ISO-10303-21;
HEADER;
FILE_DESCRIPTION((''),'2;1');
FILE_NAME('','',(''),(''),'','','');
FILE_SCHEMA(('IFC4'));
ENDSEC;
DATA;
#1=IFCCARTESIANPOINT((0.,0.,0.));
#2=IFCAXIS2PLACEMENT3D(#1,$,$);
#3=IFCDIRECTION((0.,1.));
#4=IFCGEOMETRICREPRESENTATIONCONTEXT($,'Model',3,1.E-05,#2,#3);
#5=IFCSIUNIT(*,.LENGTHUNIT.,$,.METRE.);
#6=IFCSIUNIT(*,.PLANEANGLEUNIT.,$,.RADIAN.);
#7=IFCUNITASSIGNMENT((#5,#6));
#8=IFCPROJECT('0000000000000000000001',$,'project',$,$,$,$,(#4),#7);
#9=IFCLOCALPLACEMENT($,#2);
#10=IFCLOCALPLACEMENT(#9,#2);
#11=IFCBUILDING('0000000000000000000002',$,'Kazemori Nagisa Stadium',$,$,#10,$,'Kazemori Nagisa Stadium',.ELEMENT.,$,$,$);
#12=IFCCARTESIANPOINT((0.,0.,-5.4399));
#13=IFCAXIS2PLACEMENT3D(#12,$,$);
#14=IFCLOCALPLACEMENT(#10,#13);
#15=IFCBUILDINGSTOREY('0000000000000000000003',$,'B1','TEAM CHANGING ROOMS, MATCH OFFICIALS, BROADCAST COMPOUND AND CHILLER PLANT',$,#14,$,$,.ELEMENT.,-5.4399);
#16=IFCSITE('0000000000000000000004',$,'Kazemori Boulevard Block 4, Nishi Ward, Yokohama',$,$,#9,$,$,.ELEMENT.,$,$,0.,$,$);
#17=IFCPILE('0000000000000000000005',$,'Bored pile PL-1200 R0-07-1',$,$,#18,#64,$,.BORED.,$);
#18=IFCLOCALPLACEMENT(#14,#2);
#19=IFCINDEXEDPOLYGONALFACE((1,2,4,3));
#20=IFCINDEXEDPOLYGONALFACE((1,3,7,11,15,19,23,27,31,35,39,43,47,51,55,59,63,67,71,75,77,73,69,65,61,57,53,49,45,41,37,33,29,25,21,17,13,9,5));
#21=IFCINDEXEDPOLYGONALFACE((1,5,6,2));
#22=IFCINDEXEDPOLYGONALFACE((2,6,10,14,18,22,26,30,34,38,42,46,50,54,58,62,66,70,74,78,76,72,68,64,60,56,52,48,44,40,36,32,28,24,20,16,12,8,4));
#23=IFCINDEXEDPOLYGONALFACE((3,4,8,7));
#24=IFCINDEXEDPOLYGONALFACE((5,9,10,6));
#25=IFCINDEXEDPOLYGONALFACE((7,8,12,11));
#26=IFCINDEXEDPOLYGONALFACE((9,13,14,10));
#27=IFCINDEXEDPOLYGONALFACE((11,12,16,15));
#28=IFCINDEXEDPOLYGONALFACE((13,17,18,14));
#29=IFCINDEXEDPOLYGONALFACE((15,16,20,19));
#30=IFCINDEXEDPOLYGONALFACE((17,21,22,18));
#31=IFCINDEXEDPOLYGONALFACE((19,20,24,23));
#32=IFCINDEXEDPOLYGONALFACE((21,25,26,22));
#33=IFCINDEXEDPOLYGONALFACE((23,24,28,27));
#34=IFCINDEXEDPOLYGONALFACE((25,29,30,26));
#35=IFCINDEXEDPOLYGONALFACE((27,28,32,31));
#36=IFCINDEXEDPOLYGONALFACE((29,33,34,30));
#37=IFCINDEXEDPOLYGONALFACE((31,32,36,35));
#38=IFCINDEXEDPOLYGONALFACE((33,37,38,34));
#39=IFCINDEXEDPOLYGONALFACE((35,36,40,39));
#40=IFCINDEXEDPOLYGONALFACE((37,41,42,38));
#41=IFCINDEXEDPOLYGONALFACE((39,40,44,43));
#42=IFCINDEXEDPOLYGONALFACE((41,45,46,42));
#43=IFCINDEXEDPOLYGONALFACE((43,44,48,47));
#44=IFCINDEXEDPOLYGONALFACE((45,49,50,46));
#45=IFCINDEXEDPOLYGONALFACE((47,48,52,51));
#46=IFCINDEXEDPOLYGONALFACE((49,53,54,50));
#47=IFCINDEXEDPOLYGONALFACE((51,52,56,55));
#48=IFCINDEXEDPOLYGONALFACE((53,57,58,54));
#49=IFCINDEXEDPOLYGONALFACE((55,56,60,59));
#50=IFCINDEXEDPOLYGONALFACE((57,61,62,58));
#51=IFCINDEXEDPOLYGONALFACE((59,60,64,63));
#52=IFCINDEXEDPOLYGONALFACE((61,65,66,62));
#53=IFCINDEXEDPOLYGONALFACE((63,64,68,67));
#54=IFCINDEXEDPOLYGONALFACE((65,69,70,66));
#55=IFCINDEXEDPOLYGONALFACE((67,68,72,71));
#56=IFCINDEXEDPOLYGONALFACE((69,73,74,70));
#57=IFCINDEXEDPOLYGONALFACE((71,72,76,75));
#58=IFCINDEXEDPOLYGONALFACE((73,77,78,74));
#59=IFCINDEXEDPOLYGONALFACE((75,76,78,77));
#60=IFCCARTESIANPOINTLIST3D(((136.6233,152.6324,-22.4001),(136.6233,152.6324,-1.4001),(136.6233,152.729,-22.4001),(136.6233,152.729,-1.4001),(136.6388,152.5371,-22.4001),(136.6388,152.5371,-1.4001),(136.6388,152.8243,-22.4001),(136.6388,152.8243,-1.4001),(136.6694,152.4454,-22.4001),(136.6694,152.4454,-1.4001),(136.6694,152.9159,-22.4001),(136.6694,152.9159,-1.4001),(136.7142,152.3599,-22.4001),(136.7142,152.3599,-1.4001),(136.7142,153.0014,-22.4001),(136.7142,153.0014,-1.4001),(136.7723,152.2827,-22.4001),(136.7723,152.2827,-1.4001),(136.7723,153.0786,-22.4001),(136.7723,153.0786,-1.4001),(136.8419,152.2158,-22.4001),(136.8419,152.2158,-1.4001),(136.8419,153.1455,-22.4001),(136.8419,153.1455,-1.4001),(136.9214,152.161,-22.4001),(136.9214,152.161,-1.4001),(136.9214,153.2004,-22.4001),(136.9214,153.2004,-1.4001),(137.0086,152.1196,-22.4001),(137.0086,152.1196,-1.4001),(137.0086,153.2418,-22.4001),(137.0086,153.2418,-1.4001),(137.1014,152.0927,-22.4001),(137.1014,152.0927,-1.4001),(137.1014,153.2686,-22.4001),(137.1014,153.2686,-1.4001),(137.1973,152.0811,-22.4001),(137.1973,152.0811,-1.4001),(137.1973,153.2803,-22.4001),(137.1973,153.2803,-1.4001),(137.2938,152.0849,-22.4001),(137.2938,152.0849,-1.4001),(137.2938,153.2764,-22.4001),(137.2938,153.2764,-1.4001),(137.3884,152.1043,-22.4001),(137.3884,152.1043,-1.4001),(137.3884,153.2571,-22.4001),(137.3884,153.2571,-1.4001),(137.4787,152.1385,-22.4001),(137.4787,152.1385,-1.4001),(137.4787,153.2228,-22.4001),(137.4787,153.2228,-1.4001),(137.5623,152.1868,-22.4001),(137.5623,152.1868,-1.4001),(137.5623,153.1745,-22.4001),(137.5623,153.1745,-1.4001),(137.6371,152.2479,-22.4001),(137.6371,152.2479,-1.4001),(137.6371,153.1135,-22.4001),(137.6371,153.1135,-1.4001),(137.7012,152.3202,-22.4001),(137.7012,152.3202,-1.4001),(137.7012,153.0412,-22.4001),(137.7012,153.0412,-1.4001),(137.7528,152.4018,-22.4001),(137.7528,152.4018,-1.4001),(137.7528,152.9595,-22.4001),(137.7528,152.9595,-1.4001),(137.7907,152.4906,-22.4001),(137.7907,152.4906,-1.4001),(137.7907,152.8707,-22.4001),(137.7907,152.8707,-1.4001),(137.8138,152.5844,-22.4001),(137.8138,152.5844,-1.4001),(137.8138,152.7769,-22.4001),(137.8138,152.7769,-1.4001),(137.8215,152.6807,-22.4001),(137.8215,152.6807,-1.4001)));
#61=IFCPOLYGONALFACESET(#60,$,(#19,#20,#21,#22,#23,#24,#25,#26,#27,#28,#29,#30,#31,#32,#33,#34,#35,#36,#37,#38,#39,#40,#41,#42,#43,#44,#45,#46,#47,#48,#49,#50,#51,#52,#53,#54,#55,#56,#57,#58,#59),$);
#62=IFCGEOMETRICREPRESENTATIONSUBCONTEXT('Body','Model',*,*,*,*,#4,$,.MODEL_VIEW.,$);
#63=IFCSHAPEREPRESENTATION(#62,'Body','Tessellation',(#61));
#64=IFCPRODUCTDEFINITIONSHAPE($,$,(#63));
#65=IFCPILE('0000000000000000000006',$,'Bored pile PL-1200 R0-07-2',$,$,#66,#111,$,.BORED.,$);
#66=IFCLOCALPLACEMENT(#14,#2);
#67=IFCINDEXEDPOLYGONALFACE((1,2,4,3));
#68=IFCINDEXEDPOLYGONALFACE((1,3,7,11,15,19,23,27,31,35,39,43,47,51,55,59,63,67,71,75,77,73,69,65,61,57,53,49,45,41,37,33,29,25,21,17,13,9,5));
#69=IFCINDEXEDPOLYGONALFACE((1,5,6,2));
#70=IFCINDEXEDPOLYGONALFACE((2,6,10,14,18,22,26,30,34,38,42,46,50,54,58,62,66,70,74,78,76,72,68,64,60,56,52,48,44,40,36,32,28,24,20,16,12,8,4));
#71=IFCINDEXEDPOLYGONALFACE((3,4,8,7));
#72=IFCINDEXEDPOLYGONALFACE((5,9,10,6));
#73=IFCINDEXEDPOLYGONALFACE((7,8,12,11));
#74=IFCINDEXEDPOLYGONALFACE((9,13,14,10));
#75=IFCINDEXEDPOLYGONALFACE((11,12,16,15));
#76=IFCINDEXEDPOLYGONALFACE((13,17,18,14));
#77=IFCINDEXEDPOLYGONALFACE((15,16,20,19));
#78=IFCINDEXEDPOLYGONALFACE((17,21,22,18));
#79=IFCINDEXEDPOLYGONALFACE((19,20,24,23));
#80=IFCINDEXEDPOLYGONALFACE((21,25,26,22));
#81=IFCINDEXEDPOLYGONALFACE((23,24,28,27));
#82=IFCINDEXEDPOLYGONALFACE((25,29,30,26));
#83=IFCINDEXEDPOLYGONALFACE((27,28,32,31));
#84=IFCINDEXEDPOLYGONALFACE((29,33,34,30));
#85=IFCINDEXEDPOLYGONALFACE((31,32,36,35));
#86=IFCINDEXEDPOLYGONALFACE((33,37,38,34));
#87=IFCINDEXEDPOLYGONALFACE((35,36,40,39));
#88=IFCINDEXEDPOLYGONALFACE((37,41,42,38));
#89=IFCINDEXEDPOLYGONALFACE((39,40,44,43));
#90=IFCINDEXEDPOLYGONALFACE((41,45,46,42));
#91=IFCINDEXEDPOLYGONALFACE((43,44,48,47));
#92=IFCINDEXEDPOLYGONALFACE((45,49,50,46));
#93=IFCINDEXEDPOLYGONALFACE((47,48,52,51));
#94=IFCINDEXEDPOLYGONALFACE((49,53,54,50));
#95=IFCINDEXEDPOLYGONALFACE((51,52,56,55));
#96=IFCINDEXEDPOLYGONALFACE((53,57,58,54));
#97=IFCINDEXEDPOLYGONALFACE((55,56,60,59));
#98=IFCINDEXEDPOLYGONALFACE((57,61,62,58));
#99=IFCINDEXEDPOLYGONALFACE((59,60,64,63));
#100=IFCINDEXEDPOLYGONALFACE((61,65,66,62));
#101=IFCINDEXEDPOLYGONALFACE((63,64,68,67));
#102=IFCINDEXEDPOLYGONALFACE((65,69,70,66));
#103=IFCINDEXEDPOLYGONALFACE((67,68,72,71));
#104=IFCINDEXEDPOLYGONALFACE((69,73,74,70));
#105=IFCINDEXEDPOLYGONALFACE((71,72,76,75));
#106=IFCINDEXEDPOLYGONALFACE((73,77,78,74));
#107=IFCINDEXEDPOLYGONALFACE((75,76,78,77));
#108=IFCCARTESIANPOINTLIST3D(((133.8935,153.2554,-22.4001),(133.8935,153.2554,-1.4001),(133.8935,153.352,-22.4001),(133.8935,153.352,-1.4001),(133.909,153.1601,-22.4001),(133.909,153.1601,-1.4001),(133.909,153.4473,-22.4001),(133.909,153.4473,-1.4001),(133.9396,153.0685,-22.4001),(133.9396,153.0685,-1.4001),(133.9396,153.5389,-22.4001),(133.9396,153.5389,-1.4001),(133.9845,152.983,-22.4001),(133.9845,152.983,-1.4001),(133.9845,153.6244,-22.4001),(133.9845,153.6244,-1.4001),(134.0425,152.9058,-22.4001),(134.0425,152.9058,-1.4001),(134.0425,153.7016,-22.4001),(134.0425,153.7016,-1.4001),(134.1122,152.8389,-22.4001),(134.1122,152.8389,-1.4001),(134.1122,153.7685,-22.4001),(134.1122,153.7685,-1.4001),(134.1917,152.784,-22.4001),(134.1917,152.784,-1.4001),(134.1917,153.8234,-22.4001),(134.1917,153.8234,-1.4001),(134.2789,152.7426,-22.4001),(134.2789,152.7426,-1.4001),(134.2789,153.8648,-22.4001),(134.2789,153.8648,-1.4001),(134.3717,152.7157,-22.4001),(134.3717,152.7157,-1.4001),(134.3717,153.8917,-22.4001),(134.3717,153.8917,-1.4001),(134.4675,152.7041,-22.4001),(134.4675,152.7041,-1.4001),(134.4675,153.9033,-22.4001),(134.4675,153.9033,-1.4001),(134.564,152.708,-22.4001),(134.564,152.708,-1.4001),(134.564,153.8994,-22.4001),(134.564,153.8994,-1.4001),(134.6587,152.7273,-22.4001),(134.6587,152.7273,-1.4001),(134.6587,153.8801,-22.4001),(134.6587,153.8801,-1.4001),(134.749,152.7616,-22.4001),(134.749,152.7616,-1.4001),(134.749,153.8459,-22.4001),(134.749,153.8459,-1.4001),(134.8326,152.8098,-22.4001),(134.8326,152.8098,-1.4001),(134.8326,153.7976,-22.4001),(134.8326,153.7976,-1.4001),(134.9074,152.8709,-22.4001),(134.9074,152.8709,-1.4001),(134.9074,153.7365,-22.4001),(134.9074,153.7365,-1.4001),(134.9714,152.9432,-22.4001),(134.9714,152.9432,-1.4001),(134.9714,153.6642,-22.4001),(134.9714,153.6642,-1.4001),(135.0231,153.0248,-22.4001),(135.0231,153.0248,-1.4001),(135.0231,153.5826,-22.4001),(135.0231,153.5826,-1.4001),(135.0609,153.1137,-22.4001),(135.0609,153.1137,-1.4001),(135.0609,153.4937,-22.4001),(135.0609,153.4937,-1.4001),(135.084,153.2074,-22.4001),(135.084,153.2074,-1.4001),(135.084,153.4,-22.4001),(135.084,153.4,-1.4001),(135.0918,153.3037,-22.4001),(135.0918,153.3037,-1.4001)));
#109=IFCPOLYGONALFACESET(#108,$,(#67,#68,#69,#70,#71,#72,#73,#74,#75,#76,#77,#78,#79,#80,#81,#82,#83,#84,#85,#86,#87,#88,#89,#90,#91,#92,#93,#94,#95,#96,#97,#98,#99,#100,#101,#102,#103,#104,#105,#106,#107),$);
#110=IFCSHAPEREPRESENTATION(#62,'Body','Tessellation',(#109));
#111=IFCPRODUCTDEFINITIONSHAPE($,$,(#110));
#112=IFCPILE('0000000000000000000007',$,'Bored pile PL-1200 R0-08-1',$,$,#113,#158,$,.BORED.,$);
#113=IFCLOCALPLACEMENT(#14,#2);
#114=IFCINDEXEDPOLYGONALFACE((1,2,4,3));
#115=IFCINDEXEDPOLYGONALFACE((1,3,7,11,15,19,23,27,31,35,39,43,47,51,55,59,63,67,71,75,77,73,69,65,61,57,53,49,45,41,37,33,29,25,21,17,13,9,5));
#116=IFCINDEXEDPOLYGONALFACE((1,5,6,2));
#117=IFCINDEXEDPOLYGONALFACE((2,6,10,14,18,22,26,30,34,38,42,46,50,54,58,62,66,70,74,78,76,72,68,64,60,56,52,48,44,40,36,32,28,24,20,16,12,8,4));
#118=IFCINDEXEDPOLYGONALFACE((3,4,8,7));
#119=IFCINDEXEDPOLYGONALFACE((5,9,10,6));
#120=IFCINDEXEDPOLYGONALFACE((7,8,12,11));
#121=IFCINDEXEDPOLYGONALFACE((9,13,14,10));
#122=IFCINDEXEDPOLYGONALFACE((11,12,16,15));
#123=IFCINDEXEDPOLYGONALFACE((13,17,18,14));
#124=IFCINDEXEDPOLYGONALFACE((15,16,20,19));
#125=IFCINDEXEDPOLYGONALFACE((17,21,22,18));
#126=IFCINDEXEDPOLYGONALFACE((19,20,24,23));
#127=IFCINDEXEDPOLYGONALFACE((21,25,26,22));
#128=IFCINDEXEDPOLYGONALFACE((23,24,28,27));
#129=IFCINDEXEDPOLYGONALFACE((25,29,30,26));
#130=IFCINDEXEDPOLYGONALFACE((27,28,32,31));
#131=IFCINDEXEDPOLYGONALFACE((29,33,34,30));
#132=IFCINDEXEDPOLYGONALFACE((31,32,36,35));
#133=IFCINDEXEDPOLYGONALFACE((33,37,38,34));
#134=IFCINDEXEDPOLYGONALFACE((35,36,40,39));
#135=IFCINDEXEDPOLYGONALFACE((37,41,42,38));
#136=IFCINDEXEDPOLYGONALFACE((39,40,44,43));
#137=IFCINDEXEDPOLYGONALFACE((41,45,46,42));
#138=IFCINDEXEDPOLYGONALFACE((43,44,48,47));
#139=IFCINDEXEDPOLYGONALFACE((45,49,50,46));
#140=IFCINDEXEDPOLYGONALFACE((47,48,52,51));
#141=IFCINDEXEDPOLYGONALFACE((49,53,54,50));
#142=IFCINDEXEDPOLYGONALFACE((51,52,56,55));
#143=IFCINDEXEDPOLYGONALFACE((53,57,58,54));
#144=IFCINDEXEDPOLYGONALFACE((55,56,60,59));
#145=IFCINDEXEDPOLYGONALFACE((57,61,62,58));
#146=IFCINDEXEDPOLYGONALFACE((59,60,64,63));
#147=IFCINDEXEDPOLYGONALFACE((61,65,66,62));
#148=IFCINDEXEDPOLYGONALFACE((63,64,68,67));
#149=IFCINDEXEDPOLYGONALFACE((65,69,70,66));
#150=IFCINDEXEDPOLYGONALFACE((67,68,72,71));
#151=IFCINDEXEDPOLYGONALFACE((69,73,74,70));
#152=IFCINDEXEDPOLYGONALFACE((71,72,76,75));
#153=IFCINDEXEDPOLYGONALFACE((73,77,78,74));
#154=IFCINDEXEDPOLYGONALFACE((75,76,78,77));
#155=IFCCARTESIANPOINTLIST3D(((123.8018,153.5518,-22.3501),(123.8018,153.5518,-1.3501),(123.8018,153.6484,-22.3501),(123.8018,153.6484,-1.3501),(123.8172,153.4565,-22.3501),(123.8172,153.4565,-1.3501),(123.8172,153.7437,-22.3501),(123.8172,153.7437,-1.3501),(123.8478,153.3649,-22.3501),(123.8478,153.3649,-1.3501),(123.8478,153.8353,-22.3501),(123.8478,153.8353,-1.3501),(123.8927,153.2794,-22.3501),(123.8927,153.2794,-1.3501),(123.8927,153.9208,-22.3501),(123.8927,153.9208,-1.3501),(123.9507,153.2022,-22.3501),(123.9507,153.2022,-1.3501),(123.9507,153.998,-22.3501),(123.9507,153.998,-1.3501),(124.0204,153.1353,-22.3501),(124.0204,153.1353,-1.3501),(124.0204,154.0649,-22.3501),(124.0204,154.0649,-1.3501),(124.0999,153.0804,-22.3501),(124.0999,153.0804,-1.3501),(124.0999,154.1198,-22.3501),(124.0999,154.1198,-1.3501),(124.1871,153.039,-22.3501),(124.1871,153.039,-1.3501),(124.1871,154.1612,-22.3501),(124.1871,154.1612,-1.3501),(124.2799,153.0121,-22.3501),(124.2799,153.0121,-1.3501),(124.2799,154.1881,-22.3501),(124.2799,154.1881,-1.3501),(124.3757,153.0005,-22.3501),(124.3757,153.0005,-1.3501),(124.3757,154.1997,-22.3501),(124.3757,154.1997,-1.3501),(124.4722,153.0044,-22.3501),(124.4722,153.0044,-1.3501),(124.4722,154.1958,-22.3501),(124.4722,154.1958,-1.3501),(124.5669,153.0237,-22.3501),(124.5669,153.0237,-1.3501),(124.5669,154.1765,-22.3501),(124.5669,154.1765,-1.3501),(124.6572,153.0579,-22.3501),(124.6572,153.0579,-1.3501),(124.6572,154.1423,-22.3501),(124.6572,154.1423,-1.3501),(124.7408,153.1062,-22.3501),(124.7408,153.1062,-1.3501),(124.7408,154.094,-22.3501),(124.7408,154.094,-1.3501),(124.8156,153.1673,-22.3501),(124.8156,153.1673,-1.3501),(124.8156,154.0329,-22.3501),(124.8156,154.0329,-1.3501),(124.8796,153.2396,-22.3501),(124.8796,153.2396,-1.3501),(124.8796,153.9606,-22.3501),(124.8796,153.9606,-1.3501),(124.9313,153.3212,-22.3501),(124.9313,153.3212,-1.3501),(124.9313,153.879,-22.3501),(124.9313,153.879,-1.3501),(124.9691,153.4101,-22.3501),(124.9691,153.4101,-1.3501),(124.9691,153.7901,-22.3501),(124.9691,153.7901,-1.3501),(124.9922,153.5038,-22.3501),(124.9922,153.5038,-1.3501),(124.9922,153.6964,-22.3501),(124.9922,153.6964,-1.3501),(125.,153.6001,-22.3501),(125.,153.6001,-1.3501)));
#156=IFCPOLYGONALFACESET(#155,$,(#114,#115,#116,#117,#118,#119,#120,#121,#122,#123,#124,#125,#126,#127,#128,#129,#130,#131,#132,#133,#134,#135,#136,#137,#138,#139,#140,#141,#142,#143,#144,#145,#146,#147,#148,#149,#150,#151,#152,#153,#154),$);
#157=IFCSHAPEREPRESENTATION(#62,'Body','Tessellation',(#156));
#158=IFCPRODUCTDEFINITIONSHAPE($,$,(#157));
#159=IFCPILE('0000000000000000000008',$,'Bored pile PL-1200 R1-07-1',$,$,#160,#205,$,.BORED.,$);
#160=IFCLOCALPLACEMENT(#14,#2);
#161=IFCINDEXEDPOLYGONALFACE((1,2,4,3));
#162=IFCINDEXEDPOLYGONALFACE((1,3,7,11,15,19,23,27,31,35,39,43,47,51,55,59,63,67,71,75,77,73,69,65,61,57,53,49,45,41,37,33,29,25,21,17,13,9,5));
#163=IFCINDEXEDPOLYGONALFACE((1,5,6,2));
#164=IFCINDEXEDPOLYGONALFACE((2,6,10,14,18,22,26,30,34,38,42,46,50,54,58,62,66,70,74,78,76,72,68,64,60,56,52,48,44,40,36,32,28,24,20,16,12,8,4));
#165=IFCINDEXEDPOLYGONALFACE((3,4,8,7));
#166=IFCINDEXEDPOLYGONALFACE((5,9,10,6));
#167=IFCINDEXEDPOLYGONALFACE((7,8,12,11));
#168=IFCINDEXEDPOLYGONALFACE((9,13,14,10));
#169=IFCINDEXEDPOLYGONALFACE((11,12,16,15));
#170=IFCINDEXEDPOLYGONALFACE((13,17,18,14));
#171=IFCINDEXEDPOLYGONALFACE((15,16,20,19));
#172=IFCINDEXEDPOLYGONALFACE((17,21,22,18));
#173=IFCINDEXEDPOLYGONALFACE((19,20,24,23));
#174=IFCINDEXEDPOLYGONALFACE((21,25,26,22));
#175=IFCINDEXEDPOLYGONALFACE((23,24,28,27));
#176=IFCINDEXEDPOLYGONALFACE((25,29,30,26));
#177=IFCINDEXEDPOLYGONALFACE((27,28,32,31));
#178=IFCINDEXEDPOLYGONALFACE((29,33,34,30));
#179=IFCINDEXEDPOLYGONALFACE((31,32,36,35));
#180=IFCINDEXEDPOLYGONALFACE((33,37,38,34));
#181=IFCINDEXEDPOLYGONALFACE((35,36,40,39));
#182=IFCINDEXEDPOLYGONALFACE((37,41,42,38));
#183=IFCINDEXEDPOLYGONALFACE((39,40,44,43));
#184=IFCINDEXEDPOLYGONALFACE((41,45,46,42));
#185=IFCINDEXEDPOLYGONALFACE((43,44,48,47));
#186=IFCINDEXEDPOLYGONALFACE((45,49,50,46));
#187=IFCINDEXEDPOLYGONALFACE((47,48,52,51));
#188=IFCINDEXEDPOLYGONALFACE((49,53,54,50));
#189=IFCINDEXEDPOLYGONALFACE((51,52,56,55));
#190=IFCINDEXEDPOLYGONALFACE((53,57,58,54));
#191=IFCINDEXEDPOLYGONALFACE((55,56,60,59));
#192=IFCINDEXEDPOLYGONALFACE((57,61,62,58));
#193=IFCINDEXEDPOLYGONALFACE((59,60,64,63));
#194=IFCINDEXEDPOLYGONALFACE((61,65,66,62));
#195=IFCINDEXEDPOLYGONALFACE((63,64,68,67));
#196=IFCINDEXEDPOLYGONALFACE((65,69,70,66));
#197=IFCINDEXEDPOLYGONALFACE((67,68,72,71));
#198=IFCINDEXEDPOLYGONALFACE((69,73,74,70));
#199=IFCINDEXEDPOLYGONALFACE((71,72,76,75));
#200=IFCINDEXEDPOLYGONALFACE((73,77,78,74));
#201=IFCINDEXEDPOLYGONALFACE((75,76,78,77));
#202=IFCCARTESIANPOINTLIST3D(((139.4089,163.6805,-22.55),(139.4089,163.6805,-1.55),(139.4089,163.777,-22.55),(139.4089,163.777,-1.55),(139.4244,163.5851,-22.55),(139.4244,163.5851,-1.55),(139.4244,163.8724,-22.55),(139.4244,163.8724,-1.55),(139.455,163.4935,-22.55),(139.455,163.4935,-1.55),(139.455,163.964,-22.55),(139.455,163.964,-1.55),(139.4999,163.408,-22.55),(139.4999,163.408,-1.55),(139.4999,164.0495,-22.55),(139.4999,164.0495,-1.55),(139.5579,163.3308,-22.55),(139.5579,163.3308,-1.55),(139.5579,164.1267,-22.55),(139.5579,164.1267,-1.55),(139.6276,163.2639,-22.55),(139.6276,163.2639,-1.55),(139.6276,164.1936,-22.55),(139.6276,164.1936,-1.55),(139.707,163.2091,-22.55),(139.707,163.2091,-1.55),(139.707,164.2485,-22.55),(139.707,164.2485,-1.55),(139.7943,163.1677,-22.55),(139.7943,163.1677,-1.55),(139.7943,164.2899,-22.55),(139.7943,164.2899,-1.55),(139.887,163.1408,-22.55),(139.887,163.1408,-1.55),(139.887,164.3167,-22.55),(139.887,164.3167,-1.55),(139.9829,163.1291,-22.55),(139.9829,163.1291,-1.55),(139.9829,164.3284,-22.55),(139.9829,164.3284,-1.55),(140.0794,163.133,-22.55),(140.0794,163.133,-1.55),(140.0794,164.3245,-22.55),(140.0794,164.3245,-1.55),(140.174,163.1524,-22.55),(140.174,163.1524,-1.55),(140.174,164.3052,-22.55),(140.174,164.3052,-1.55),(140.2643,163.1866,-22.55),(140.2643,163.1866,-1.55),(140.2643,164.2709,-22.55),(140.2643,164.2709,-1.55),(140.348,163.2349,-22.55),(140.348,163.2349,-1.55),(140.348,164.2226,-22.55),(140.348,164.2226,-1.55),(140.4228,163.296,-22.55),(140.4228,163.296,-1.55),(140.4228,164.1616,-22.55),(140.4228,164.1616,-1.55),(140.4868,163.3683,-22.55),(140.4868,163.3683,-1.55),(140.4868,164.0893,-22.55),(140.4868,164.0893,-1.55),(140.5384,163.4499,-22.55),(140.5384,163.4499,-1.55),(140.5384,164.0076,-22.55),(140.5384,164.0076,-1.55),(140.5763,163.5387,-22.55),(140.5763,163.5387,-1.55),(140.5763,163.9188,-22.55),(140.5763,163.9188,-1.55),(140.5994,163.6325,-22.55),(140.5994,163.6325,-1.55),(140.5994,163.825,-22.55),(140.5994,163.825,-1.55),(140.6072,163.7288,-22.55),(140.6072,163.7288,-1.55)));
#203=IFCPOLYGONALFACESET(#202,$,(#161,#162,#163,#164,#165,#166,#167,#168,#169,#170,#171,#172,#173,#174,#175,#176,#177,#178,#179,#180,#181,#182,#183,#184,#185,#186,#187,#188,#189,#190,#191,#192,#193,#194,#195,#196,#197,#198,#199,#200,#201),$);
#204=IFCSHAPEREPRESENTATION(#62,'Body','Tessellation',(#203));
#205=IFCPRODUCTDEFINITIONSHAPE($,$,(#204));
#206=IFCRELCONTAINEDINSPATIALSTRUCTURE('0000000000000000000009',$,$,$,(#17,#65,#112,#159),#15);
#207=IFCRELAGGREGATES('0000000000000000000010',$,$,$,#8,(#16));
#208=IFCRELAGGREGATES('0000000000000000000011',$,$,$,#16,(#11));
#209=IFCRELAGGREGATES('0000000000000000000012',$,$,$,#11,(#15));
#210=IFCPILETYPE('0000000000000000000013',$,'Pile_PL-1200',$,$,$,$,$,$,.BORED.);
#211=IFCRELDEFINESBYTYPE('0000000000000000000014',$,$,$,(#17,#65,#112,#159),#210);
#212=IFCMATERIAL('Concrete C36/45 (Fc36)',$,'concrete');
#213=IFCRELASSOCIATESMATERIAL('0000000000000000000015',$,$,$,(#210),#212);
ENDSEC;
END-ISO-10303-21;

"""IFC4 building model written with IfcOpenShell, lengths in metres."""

from ifc_helpers import new_model, si_unit, direction, frame, origin, origin_2d, place, context, subcontext, project, spatial, circle, extrude, material, material_profile, profile_set, type_object, element, save


model = new_model("IFC4")

# Units and contexts
model_context = context("Model", 3, precision=1e-05, world=origin(), true_north=direction((0.0, 1.0)))
body_context = subcontext(model_context, "Body", "Model", "MODEL_VIEW")
ifc_project = project(units=[si_unit("LENGTHUNIT", "METRE"), si_unit("PLANEANGLEUNIT", "RADIAN")], contexts=[model_context])

# Site, building, storey
site_placement = place(None, origin())
site = spatial("IfcSite", under=ifc_project, at=site_placement, Name="Kazemori Boulevard Block 4, Nishi Ward, Yokohama", CompositionType="ELEMENT", RefElevation=0.0)
building_placement = place(site_placement, origin())
building = spatial("IfcBuilding", under=site, at=building_placement, Name="Kazemori Nagisa Stadium", LongName="Kazemori Nagisa Stadium", CompositionType="ELEMENT")
storey_placement = place(building_placement, frame((0.0, 0.0, -5.4399)))
storey = spatial("IfcBuildingStorey", under=building, at=storey_placement, Name="B1", Description="TEAM CHANGING ROOMS, MATCH OFFICIALS, BROADCAST COMPOUND AND CHILLER PLANT", CompositionType="ELEMENT", Elevation=-5.4399)

# Piles
ifc_material_1 = material(Name="Concrete C36/45 (Fc36)", Category="concrete")
ifc_material_profile_1 = material_profile(ifc_material_1, circle(Radius=0.6001, at=origin_2d()), Name="PILE-D1200")
ifc_profile_set_1 = profile_set([ifc_material_profile_1], Name="Concrete C36/45 (Fc36)")
pile_type_1 = type_object("IfcPileType", Name="Pile_PL-1200", PredefinedType="BORED", material=ifc_profile_set_1)
for number, where, z_axis, x_axis, name in (
    (1, (137.2214, 152.6807, -1.4001), (0.0, 0.0, -1.0), (1.0, 0.0, 0.0), "Bored pile PL-1200 R0-07-1"),
    (2, (134.4917, 153.3037, -1.4001), (0.0, 0.0, -1.0), (1.0, 0.0, 0.0), "Bored pile PL-1200 R0-07-2"),
    (3, (124.3999, 153.6001, -1.3501), (0.0, 0.0, -1.0), (1.0, 0.0, 0.0), "Bored pile PL-1200 R0-08-1"),
    (4, (140.0071, 163.7288, -1.55), (0.0, 0.0, -1.0), (1.0, 0.0, 0.0), "Bored pile PL-1200 R1-07-1"),
):
    element("IfcPile", number, at=place(storey_placement, frame(where, z_axis=z_axis, x_axis=x_axis)), inside=storey, type_object=pile_type_1, Name=name, PredefinedType="BORED", context=body_context, shape_type="SweptSolid", body=[
        extrude(circle(Radius=0.6001, at=origin_2d()), origin(), (0.0, 0.0, 1.0), 21.0),
    ])

save(model, "model.ifc")
